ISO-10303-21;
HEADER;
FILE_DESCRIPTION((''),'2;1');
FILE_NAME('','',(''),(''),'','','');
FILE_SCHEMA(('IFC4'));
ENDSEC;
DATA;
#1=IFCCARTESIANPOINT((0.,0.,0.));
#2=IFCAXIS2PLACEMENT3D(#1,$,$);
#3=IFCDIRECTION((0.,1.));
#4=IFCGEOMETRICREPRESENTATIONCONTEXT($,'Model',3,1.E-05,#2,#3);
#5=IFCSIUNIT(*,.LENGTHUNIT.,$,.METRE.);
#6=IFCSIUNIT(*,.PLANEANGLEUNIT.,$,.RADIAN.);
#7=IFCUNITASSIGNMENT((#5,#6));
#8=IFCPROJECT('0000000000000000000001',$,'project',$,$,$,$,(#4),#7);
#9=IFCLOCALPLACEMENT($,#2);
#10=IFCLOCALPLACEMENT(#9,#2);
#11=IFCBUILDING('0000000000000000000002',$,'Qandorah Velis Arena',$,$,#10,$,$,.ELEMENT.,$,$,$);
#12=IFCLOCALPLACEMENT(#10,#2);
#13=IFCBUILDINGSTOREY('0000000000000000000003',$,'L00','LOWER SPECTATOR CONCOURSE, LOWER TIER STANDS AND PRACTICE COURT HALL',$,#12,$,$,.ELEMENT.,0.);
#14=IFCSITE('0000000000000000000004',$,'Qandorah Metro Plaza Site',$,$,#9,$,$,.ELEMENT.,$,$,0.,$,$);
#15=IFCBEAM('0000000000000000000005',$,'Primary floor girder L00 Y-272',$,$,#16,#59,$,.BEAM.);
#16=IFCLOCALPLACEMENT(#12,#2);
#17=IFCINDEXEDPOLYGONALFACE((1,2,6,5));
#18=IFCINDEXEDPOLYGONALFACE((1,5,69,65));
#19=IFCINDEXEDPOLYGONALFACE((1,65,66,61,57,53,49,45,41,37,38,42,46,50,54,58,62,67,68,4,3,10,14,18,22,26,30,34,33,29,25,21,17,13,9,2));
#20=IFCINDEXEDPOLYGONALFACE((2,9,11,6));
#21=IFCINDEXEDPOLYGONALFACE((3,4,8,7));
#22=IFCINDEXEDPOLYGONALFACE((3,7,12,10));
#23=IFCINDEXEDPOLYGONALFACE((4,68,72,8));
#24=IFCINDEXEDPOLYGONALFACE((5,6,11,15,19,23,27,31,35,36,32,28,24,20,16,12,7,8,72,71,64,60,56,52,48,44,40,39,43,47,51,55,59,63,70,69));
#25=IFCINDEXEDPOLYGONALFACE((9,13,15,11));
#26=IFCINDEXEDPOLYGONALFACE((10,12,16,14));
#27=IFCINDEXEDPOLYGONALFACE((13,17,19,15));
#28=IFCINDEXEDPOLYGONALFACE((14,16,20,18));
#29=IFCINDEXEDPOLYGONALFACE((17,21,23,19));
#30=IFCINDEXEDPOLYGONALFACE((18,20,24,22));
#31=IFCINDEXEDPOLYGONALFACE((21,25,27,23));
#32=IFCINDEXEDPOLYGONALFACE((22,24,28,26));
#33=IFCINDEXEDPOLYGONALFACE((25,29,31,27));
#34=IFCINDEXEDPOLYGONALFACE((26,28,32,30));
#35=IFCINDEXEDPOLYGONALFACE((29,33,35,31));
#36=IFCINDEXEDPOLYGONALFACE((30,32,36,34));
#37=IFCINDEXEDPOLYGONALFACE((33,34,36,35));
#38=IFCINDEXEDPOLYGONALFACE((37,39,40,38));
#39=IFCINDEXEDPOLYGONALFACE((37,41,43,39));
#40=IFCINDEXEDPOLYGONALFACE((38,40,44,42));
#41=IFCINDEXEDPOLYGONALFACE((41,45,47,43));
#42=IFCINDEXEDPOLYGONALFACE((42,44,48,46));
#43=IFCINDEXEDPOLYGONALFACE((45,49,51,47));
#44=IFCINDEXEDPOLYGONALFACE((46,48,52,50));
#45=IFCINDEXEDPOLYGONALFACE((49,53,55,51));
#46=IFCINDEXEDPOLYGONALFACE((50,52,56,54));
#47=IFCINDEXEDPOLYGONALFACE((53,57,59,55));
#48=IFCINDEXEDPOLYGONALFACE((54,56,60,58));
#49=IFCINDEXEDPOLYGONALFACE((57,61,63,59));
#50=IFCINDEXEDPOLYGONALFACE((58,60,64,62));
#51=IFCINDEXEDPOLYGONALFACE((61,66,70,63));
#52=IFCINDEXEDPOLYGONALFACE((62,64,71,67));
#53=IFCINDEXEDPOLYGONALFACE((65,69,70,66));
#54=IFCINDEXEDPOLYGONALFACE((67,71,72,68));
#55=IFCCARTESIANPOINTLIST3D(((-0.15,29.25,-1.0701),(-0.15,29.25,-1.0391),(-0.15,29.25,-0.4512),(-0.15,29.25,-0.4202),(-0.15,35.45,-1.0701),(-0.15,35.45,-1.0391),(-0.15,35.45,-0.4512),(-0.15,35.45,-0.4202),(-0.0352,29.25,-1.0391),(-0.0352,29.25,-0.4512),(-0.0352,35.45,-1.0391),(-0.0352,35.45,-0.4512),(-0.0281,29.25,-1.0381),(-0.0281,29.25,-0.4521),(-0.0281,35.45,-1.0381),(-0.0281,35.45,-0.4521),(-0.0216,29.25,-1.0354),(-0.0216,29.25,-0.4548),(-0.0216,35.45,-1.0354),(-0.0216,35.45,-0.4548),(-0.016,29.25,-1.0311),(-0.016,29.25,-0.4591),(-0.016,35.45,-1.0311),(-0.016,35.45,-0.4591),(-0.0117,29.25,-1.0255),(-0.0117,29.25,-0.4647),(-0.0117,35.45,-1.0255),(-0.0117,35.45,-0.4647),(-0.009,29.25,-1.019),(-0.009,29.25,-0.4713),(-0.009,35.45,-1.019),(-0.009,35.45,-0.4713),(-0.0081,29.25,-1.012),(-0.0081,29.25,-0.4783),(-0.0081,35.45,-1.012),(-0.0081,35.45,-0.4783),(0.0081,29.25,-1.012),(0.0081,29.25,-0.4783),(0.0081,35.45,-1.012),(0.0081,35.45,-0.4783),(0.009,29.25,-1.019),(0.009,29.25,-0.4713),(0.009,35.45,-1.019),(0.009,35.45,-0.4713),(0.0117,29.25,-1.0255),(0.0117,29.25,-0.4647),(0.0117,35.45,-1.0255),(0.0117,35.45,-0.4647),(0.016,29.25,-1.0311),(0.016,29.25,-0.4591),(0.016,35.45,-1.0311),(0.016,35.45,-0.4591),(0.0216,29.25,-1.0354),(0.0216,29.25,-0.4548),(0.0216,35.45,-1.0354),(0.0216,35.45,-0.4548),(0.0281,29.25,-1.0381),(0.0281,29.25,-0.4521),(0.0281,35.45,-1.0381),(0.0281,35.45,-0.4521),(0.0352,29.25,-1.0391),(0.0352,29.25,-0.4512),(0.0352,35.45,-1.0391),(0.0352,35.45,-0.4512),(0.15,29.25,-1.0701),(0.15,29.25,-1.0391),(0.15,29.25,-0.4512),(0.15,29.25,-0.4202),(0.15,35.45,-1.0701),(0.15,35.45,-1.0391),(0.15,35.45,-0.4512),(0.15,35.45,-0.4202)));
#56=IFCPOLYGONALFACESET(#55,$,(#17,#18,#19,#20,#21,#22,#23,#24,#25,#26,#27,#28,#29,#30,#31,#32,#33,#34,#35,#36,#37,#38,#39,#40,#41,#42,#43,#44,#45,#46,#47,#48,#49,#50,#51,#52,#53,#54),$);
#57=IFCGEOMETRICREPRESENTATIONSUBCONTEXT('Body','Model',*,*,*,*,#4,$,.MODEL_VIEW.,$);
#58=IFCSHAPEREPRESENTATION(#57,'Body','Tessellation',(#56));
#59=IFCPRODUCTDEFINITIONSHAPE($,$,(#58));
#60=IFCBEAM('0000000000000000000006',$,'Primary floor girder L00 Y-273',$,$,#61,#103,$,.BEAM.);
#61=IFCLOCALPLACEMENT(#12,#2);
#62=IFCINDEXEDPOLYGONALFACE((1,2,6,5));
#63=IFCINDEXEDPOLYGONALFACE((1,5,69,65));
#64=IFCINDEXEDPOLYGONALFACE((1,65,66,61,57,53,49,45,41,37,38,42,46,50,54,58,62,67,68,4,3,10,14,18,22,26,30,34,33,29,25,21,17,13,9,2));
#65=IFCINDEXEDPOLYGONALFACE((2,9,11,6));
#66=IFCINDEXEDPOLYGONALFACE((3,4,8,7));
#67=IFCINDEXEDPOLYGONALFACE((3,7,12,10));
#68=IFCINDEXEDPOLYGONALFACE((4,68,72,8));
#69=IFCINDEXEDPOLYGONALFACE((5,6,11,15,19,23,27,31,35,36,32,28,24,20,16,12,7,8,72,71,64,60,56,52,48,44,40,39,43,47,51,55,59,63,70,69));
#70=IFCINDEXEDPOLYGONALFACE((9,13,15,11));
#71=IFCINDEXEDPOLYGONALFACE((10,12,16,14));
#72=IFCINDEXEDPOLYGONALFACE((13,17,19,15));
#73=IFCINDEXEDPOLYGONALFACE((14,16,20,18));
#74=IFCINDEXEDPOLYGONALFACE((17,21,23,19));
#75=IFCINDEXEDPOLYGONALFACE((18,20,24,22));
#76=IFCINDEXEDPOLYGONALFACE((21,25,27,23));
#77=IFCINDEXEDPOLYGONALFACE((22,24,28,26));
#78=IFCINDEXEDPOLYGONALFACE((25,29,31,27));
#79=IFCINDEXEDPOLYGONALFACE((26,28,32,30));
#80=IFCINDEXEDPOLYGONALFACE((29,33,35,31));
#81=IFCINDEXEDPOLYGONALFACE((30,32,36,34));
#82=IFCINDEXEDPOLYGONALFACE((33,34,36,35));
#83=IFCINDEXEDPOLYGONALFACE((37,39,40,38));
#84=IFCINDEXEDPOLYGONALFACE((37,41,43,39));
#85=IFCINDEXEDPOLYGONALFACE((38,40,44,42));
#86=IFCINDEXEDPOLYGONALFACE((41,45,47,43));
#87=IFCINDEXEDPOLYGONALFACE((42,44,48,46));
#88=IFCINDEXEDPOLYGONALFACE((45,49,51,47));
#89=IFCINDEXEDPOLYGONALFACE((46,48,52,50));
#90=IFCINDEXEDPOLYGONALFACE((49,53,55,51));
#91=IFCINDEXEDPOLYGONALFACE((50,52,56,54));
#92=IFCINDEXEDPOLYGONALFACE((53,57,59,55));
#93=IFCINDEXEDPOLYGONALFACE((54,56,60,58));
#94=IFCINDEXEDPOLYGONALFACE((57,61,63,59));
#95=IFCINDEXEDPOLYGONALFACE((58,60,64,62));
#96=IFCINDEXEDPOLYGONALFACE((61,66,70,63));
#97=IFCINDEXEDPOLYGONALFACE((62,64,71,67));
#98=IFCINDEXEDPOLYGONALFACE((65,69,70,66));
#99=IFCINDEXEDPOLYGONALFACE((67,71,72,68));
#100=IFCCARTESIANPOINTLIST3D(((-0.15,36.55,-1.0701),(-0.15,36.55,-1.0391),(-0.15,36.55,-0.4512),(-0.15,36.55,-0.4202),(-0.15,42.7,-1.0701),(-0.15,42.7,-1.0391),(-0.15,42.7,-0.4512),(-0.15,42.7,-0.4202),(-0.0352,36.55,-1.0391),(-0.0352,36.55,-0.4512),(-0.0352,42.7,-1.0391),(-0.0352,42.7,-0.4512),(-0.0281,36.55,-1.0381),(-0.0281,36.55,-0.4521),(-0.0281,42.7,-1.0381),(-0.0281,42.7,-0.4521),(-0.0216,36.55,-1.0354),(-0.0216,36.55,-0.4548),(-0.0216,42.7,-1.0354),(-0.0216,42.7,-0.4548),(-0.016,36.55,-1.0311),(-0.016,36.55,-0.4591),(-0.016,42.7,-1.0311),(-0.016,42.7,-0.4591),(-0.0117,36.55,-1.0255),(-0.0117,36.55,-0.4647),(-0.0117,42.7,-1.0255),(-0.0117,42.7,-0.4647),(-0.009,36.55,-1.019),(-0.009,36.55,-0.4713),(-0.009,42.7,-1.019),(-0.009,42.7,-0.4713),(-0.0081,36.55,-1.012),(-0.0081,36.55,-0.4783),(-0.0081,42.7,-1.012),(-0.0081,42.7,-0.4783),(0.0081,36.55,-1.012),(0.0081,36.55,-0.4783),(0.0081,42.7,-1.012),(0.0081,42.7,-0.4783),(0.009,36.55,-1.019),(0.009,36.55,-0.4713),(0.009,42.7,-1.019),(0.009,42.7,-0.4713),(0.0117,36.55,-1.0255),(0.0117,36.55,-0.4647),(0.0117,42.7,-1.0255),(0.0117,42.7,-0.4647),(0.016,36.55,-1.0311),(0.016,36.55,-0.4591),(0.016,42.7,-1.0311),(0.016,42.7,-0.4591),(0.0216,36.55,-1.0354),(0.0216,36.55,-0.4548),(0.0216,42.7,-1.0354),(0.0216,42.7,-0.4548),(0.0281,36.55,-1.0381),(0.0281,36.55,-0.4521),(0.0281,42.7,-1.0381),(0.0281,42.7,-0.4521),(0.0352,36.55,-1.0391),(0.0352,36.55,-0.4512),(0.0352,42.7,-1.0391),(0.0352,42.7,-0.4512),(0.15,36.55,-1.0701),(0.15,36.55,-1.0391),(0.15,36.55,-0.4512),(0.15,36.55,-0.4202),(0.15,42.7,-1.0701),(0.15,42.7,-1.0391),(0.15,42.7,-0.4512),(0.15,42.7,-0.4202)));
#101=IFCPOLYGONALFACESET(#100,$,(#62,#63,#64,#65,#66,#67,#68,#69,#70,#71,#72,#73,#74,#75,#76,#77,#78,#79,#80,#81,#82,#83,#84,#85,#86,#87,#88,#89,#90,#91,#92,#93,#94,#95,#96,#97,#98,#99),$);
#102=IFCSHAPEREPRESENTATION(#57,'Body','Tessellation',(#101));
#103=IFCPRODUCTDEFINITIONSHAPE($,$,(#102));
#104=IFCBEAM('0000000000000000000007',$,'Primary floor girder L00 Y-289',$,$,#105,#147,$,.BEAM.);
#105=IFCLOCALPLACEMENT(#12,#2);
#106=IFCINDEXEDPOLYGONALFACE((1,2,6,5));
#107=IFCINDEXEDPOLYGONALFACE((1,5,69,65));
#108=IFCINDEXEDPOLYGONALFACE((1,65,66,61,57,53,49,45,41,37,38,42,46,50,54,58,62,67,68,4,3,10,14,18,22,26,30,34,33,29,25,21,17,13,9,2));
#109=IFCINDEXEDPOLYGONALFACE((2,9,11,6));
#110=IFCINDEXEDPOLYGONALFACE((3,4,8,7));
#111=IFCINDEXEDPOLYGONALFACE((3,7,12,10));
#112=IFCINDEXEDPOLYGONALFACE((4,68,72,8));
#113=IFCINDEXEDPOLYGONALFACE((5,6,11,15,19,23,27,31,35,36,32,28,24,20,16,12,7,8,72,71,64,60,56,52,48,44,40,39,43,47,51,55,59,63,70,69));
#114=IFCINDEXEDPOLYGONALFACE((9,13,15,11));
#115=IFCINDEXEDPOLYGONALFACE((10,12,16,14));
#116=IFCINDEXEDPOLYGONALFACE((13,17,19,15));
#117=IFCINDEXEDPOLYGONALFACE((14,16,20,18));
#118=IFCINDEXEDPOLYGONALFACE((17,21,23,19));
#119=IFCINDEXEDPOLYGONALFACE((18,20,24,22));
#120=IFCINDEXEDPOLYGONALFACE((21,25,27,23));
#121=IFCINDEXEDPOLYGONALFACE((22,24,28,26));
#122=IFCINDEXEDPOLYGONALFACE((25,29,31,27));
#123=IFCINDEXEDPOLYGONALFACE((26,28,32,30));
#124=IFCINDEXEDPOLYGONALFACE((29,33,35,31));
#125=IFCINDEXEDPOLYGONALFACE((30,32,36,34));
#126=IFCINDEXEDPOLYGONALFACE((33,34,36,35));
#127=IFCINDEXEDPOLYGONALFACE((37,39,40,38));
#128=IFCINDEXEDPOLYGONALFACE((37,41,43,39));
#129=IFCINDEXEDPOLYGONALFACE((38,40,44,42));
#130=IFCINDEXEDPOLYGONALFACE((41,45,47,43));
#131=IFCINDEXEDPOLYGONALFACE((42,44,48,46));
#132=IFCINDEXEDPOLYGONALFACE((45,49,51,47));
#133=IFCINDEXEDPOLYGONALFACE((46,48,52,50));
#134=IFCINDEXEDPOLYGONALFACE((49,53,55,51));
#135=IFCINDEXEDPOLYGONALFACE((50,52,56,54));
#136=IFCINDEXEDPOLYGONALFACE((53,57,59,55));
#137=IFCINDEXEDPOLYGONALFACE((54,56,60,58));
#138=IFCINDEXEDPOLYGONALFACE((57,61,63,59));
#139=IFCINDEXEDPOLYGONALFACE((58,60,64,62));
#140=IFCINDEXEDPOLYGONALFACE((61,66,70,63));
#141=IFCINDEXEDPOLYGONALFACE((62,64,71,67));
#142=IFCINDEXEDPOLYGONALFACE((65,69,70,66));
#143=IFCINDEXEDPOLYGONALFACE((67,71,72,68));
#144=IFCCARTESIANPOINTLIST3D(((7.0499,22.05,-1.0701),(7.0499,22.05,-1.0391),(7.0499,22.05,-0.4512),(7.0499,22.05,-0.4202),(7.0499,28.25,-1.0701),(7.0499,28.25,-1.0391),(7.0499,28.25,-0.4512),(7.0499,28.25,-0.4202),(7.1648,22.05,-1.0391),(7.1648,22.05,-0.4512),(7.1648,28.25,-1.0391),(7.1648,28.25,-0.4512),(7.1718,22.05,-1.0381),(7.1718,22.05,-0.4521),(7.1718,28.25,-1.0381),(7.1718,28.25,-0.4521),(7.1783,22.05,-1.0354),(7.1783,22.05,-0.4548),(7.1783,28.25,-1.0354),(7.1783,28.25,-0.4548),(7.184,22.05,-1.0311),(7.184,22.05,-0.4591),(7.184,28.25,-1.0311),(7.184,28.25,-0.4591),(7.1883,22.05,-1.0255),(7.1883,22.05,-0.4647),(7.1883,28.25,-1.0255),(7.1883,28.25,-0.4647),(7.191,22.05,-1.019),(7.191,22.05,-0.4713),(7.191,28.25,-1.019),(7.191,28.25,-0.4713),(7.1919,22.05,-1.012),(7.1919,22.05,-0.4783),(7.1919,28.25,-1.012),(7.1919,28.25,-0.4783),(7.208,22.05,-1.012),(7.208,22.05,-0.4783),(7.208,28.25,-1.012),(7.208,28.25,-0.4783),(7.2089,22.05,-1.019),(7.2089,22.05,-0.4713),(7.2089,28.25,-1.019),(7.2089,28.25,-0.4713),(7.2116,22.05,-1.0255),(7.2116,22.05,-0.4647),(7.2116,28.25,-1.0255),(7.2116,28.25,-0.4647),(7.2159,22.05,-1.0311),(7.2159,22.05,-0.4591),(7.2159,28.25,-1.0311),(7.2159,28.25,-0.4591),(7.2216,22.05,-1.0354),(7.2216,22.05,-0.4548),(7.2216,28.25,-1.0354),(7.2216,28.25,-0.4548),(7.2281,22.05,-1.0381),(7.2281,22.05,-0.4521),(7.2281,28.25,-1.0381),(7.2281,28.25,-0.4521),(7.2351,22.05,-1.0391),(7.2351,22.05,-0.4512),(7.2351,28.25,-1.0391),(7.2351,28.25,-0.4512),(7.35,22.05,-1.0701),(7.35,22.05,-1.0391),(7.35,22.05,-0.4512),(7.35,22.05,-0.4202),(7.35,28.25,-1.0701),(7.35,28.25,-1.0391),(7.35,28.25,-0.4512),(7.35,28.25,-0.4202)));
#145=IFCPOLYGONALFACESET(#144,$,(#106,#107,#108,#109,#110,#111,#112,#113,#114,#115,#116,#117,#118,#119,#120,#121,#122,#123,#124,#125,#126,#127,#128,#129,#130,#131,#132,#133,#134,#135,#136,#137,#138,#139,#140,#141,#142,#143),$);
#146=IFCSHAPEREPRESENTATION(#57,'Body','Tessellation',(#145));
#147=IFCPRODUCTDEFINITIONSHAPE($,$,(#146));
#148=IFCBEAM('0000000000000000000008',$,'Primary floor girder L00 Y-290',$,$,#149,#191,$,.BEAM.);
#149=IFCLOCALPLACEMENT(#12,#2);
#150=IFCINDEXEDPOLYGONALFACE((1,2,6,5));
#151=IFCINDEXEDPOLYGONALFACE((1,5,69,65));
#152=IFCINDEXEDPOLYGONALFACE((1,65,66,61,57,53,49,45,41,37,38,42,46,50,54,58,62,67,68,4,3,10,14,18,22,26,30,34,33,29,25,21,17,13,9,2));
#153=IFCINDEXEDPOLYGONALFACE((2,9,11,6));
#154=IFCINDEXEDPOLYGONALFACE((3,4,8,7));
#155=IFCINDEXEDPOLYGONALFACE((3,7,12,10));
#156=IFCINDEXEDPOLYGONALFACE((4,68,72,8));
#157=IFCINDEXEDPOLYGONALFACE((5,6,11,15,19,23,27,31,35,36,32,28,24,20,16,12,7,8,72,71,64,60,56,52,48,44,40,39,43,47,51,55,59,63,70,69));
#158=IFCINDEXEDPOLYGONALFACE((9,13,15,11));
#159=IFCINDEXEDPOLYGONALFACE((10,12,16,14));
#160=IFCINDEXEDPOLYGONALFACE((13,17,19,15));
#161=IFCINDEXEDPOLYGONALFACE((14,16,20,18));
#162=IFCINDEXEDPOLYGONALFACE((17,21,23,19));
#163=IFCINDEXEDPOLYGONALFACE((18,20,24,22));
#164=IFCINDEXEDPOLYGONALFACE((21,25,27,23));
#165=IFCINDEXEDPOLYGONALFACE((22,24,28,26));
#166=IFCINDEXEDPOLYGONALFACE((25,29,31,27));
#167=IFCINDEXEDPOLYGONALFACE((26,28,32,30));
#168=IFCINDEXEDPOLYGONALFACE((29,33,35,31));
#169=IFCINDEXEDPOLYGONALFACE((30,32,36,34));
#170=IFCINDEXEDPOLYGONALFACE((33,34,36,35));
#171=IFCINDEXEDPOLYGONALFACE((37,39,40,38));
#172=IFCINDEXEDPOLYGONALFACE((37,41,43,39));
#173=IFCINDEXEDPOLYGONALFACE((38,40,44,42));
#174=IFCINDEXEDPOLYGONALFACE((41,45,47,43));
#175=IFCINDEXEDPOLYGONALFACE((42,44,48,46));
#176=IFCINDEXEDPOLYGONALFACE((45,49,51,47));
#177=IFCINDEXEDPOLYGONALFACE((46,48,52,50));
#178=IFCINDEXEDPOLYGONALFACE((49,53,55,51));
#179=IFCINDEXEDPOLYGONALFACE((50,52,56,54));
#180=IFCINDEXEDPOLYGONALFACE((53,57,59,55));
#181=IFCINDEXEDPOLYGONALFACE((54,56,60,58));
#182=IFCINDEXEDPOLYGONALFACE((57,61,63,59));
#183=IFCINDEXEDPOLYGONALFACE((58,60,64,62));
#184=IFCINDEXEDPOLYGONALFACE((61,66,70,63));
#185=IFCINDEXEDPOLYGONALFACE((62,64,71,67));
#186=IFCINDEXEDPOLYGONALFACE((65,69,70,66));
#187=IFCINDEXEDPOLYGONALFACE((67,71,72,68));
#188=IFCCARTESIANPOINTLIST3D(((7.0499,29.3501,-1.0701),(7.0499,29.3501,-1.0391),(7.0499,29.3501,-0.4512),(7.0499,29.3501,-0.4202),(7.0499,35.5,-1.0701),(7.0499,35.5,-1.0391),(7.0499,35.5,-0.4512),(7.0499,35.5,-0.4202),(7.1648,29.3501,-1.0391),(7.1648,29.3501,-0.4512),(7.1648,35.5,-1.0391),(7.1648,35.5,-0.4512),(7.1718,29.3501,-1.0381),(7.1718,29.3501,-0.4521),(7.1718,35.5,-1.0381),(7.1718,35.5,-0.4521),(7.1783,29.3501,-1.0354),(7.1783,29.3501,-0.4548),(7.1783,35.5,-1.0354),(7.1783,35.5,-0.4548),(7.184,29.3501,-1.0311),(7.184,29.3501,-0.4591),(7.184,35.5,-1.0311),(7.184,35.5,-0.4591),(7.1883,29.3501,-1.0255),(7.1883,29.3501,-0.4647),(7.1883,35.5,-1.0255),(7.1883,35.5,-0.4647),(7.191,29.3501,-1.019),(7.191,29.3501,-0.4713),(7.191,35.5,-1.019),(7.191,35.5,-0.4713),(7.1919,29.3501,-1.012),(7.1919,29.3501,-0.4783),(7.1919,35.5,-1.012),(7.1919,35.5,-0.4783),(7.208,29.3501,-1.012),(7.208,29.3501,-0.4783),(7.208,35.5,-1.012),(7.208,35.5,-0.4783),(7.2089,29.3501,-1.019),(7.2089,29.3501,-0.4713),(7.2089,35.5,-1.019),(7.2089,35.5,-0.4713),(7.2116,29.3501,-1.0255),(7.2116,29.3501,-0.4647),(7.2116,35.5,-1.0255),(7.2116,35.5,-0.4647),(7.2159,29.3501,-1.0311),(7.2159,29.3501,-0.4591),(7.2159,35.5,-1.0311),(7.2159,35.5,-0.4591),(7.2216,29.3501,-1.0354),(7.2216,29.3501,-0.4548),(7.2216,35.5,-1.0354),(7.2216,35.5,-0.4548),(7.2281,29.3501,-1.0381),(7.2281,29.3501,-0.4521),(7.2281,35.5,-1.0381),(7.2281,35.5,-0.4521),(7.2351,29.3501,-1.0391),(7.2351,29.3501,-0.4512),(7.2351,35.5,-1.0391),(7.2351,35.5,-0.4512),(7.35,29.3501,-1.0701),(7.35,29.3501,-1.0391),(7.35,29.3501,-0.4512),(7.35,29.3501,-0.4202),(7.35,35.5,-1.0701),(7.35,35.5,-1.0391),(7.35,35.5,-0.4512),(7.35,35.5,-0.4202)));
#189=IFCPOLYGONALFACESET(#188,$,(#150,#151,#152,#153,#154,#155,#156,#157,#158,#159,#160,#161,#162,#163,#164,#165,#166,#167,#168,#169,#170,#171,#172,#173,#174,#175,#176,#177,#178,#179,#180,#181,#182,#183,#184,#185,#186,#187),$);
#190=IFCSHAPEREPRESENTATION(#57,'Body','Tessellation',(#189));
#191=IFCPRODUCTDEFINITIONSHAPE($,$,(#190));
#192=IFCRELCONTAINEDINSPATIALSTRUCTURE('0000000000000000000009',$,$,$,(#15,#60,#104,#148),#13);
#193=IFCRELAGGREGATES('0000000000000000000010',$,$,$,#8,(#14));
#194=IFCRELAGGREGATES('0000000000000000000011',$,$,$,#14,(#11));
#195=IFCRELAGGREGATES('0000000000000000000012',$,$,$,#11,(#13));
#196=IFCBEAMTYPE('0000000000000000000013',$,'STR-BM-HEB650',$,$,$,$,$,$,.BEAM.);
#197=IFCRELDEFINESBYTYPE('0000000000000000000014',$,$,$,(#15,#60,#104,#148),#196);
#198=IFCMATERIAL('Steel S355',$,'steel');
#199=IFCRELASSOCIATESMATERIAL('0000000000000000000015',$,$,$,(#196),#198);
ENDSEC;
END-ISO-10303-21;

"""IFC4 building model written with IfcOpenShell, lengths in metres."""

from ifc_helpers import new_model, si_unit, direction, frame, origin, origin_2d, place, context, subcontext, project, spatial, i_section, extrude, material, material_profile, profile_set, type_object, element, save


model = new_model("IFC4")

# Units and contexts
model_context = context("Model", 3, precision=1e-05, world=origin(), true_north=direction((0.0, 1.0)))
body_context = subcontext(model_context, "Body", "Model", "MODEL_VIEW")
ifc_project = project(units=[si_unit("LENGTHUNIT", "METRE"), si_unit("PLANEANGLEUNIT", "RADIAN")], contexts=[model_context])

# Site, building, storey
site_placement = place(None, origin())
site = spatial("IfcSite", under=ifc_project, at=site_placement, Name="Qandorah Metro Plaza Site", CompositionType="ELEMENT", RefElevation=0.0)
building_placement = place(site_placement, origin())
building = spatial("IfcBuilding", under=site, at=building_placement, Name="Qandorah Velis Arena", CompositionType="ELEMENT")
storey_placement = place(building_placement, origin())
storey = spatial("IfcBuildingStorey", under=building, at=storey_placement, Name="L00", Description="LOWER SPECTATOR CONCOURSE, LOWER TIER STANDS AND PRACTICE COURT HALL", CompositionType="ELEMENT", Elevation=0.0)

# Beams
ifc_material_1 = material(Name="Steel S355", Category="steel")
ifc_material_profile_1 = material_profile(ifc_material_1, i_section(OverallWidth=0.3, OverallDepth=0.6499, WebThickness=0.0161, FlangeThickness=0.031, FilletRadius=0.0271, at=origin_2d()), Name="HEB 650")
ifc_profile_set_1 = profile_set([ifc_material_profile_1], Name="Steel S355")
beam_type_1 = type_object("IfcBeamType", Name="STR-BM-HEB650", PredefinedType="BEAM", material=ifc_profile_set_1)
beam_1_placement = place(storey_placement, frame((0.0, 29.25, -0.7451), z_axis=(0.0, 1.0, 0.0), x_axis=(-1.0, 0.0, 0.0)))
element("IfcBeam", 1, at=beam_1_placement, inside=storey, type_object=beam_type_1, Name="Primary floor girder L00 Y-272", PredefinedType="BEAM", context=body_context, shape_type="SweptSolid", body=[
    extrude(i_section(OverallWidth=0.3, OverallDepth=0.6499, WebThickness=0.0161, FlangeThickness=0.031, FilletRadius=0.0271, at=origin_2d()), origin(), (0.0, 0.0, 1.0), 6.2),
])
beam_2_placement = place(storey_placement, frame((0.0, 36.55, -0.7451), z_axis=(0.0, 1.0, 0.0), x_axis=(-1.0, 0.0, 0.0)))
element("IfcBeam", 2, at=beam_2_placement, inside=storey, type_object=beam_type_1, Name="Primary floor girder L00 Y-273", PredefinedType="BEAM", context=body_context, shape_type="SweptSolid", body=[
    extrude(i_section(OverallWidth=0.3, OverallDepth=0.6499, WebThickness=0.0161, FlangeThickness=0.031, FilletRadius=0.0271, at=origin_2d()), origin(), (0.0, 0.0, 1.0), 6.1499),
])
beam_3_placement = place(storey_placement, frame((7.2, 22.05, -0.7451), z_axis=(0.0, 1.0, 0.0), x_axis=(-1.0, 0.0, 0.0)))
element("IfcBeam", 3, at=beam_3_placement, inside=storey, type_object=beam_type_1, Name="Primary floor girder L00 Y-289", PredefinedType="BEAM", context=body_context, shape_type="SweptSolid", body=[
    extrude(i_section(OverallWidth=0.3, OverallDepth=0.6499, WebThickness=0.0161, FlangeThickness=0.031, FilletRadius=0.0271, at=origin_2d()), origin(), (0.0, 0.0, 1.0), 6.2),
])
beam_4_placement = place(storey_placement, frame((7.2, 29.3501, -0.7451), z_axis=(0.0, 1.0, 0.0), x_axis=(-1.0, 0.0, 0.0)))
element("IfcBeam", 4, at=beam_4_placement, inside=storey, type_object=beam_type_1, Name="Primary floor girder L00 Y-290", PredefinedType="BEAM", context=body_context, shape_type="SweptSolid", body=[
    extrude(i_section(OverallWidth=0.3, OverallDepth=0.6499, WebThickness=0.0161, FlangeThickness=0.031, FilletRadius=0.0271, at=origin_2d()), origin(), (0.0, 0.0, 1.0), 6.1499),
])

save(model, "model.ifc")
